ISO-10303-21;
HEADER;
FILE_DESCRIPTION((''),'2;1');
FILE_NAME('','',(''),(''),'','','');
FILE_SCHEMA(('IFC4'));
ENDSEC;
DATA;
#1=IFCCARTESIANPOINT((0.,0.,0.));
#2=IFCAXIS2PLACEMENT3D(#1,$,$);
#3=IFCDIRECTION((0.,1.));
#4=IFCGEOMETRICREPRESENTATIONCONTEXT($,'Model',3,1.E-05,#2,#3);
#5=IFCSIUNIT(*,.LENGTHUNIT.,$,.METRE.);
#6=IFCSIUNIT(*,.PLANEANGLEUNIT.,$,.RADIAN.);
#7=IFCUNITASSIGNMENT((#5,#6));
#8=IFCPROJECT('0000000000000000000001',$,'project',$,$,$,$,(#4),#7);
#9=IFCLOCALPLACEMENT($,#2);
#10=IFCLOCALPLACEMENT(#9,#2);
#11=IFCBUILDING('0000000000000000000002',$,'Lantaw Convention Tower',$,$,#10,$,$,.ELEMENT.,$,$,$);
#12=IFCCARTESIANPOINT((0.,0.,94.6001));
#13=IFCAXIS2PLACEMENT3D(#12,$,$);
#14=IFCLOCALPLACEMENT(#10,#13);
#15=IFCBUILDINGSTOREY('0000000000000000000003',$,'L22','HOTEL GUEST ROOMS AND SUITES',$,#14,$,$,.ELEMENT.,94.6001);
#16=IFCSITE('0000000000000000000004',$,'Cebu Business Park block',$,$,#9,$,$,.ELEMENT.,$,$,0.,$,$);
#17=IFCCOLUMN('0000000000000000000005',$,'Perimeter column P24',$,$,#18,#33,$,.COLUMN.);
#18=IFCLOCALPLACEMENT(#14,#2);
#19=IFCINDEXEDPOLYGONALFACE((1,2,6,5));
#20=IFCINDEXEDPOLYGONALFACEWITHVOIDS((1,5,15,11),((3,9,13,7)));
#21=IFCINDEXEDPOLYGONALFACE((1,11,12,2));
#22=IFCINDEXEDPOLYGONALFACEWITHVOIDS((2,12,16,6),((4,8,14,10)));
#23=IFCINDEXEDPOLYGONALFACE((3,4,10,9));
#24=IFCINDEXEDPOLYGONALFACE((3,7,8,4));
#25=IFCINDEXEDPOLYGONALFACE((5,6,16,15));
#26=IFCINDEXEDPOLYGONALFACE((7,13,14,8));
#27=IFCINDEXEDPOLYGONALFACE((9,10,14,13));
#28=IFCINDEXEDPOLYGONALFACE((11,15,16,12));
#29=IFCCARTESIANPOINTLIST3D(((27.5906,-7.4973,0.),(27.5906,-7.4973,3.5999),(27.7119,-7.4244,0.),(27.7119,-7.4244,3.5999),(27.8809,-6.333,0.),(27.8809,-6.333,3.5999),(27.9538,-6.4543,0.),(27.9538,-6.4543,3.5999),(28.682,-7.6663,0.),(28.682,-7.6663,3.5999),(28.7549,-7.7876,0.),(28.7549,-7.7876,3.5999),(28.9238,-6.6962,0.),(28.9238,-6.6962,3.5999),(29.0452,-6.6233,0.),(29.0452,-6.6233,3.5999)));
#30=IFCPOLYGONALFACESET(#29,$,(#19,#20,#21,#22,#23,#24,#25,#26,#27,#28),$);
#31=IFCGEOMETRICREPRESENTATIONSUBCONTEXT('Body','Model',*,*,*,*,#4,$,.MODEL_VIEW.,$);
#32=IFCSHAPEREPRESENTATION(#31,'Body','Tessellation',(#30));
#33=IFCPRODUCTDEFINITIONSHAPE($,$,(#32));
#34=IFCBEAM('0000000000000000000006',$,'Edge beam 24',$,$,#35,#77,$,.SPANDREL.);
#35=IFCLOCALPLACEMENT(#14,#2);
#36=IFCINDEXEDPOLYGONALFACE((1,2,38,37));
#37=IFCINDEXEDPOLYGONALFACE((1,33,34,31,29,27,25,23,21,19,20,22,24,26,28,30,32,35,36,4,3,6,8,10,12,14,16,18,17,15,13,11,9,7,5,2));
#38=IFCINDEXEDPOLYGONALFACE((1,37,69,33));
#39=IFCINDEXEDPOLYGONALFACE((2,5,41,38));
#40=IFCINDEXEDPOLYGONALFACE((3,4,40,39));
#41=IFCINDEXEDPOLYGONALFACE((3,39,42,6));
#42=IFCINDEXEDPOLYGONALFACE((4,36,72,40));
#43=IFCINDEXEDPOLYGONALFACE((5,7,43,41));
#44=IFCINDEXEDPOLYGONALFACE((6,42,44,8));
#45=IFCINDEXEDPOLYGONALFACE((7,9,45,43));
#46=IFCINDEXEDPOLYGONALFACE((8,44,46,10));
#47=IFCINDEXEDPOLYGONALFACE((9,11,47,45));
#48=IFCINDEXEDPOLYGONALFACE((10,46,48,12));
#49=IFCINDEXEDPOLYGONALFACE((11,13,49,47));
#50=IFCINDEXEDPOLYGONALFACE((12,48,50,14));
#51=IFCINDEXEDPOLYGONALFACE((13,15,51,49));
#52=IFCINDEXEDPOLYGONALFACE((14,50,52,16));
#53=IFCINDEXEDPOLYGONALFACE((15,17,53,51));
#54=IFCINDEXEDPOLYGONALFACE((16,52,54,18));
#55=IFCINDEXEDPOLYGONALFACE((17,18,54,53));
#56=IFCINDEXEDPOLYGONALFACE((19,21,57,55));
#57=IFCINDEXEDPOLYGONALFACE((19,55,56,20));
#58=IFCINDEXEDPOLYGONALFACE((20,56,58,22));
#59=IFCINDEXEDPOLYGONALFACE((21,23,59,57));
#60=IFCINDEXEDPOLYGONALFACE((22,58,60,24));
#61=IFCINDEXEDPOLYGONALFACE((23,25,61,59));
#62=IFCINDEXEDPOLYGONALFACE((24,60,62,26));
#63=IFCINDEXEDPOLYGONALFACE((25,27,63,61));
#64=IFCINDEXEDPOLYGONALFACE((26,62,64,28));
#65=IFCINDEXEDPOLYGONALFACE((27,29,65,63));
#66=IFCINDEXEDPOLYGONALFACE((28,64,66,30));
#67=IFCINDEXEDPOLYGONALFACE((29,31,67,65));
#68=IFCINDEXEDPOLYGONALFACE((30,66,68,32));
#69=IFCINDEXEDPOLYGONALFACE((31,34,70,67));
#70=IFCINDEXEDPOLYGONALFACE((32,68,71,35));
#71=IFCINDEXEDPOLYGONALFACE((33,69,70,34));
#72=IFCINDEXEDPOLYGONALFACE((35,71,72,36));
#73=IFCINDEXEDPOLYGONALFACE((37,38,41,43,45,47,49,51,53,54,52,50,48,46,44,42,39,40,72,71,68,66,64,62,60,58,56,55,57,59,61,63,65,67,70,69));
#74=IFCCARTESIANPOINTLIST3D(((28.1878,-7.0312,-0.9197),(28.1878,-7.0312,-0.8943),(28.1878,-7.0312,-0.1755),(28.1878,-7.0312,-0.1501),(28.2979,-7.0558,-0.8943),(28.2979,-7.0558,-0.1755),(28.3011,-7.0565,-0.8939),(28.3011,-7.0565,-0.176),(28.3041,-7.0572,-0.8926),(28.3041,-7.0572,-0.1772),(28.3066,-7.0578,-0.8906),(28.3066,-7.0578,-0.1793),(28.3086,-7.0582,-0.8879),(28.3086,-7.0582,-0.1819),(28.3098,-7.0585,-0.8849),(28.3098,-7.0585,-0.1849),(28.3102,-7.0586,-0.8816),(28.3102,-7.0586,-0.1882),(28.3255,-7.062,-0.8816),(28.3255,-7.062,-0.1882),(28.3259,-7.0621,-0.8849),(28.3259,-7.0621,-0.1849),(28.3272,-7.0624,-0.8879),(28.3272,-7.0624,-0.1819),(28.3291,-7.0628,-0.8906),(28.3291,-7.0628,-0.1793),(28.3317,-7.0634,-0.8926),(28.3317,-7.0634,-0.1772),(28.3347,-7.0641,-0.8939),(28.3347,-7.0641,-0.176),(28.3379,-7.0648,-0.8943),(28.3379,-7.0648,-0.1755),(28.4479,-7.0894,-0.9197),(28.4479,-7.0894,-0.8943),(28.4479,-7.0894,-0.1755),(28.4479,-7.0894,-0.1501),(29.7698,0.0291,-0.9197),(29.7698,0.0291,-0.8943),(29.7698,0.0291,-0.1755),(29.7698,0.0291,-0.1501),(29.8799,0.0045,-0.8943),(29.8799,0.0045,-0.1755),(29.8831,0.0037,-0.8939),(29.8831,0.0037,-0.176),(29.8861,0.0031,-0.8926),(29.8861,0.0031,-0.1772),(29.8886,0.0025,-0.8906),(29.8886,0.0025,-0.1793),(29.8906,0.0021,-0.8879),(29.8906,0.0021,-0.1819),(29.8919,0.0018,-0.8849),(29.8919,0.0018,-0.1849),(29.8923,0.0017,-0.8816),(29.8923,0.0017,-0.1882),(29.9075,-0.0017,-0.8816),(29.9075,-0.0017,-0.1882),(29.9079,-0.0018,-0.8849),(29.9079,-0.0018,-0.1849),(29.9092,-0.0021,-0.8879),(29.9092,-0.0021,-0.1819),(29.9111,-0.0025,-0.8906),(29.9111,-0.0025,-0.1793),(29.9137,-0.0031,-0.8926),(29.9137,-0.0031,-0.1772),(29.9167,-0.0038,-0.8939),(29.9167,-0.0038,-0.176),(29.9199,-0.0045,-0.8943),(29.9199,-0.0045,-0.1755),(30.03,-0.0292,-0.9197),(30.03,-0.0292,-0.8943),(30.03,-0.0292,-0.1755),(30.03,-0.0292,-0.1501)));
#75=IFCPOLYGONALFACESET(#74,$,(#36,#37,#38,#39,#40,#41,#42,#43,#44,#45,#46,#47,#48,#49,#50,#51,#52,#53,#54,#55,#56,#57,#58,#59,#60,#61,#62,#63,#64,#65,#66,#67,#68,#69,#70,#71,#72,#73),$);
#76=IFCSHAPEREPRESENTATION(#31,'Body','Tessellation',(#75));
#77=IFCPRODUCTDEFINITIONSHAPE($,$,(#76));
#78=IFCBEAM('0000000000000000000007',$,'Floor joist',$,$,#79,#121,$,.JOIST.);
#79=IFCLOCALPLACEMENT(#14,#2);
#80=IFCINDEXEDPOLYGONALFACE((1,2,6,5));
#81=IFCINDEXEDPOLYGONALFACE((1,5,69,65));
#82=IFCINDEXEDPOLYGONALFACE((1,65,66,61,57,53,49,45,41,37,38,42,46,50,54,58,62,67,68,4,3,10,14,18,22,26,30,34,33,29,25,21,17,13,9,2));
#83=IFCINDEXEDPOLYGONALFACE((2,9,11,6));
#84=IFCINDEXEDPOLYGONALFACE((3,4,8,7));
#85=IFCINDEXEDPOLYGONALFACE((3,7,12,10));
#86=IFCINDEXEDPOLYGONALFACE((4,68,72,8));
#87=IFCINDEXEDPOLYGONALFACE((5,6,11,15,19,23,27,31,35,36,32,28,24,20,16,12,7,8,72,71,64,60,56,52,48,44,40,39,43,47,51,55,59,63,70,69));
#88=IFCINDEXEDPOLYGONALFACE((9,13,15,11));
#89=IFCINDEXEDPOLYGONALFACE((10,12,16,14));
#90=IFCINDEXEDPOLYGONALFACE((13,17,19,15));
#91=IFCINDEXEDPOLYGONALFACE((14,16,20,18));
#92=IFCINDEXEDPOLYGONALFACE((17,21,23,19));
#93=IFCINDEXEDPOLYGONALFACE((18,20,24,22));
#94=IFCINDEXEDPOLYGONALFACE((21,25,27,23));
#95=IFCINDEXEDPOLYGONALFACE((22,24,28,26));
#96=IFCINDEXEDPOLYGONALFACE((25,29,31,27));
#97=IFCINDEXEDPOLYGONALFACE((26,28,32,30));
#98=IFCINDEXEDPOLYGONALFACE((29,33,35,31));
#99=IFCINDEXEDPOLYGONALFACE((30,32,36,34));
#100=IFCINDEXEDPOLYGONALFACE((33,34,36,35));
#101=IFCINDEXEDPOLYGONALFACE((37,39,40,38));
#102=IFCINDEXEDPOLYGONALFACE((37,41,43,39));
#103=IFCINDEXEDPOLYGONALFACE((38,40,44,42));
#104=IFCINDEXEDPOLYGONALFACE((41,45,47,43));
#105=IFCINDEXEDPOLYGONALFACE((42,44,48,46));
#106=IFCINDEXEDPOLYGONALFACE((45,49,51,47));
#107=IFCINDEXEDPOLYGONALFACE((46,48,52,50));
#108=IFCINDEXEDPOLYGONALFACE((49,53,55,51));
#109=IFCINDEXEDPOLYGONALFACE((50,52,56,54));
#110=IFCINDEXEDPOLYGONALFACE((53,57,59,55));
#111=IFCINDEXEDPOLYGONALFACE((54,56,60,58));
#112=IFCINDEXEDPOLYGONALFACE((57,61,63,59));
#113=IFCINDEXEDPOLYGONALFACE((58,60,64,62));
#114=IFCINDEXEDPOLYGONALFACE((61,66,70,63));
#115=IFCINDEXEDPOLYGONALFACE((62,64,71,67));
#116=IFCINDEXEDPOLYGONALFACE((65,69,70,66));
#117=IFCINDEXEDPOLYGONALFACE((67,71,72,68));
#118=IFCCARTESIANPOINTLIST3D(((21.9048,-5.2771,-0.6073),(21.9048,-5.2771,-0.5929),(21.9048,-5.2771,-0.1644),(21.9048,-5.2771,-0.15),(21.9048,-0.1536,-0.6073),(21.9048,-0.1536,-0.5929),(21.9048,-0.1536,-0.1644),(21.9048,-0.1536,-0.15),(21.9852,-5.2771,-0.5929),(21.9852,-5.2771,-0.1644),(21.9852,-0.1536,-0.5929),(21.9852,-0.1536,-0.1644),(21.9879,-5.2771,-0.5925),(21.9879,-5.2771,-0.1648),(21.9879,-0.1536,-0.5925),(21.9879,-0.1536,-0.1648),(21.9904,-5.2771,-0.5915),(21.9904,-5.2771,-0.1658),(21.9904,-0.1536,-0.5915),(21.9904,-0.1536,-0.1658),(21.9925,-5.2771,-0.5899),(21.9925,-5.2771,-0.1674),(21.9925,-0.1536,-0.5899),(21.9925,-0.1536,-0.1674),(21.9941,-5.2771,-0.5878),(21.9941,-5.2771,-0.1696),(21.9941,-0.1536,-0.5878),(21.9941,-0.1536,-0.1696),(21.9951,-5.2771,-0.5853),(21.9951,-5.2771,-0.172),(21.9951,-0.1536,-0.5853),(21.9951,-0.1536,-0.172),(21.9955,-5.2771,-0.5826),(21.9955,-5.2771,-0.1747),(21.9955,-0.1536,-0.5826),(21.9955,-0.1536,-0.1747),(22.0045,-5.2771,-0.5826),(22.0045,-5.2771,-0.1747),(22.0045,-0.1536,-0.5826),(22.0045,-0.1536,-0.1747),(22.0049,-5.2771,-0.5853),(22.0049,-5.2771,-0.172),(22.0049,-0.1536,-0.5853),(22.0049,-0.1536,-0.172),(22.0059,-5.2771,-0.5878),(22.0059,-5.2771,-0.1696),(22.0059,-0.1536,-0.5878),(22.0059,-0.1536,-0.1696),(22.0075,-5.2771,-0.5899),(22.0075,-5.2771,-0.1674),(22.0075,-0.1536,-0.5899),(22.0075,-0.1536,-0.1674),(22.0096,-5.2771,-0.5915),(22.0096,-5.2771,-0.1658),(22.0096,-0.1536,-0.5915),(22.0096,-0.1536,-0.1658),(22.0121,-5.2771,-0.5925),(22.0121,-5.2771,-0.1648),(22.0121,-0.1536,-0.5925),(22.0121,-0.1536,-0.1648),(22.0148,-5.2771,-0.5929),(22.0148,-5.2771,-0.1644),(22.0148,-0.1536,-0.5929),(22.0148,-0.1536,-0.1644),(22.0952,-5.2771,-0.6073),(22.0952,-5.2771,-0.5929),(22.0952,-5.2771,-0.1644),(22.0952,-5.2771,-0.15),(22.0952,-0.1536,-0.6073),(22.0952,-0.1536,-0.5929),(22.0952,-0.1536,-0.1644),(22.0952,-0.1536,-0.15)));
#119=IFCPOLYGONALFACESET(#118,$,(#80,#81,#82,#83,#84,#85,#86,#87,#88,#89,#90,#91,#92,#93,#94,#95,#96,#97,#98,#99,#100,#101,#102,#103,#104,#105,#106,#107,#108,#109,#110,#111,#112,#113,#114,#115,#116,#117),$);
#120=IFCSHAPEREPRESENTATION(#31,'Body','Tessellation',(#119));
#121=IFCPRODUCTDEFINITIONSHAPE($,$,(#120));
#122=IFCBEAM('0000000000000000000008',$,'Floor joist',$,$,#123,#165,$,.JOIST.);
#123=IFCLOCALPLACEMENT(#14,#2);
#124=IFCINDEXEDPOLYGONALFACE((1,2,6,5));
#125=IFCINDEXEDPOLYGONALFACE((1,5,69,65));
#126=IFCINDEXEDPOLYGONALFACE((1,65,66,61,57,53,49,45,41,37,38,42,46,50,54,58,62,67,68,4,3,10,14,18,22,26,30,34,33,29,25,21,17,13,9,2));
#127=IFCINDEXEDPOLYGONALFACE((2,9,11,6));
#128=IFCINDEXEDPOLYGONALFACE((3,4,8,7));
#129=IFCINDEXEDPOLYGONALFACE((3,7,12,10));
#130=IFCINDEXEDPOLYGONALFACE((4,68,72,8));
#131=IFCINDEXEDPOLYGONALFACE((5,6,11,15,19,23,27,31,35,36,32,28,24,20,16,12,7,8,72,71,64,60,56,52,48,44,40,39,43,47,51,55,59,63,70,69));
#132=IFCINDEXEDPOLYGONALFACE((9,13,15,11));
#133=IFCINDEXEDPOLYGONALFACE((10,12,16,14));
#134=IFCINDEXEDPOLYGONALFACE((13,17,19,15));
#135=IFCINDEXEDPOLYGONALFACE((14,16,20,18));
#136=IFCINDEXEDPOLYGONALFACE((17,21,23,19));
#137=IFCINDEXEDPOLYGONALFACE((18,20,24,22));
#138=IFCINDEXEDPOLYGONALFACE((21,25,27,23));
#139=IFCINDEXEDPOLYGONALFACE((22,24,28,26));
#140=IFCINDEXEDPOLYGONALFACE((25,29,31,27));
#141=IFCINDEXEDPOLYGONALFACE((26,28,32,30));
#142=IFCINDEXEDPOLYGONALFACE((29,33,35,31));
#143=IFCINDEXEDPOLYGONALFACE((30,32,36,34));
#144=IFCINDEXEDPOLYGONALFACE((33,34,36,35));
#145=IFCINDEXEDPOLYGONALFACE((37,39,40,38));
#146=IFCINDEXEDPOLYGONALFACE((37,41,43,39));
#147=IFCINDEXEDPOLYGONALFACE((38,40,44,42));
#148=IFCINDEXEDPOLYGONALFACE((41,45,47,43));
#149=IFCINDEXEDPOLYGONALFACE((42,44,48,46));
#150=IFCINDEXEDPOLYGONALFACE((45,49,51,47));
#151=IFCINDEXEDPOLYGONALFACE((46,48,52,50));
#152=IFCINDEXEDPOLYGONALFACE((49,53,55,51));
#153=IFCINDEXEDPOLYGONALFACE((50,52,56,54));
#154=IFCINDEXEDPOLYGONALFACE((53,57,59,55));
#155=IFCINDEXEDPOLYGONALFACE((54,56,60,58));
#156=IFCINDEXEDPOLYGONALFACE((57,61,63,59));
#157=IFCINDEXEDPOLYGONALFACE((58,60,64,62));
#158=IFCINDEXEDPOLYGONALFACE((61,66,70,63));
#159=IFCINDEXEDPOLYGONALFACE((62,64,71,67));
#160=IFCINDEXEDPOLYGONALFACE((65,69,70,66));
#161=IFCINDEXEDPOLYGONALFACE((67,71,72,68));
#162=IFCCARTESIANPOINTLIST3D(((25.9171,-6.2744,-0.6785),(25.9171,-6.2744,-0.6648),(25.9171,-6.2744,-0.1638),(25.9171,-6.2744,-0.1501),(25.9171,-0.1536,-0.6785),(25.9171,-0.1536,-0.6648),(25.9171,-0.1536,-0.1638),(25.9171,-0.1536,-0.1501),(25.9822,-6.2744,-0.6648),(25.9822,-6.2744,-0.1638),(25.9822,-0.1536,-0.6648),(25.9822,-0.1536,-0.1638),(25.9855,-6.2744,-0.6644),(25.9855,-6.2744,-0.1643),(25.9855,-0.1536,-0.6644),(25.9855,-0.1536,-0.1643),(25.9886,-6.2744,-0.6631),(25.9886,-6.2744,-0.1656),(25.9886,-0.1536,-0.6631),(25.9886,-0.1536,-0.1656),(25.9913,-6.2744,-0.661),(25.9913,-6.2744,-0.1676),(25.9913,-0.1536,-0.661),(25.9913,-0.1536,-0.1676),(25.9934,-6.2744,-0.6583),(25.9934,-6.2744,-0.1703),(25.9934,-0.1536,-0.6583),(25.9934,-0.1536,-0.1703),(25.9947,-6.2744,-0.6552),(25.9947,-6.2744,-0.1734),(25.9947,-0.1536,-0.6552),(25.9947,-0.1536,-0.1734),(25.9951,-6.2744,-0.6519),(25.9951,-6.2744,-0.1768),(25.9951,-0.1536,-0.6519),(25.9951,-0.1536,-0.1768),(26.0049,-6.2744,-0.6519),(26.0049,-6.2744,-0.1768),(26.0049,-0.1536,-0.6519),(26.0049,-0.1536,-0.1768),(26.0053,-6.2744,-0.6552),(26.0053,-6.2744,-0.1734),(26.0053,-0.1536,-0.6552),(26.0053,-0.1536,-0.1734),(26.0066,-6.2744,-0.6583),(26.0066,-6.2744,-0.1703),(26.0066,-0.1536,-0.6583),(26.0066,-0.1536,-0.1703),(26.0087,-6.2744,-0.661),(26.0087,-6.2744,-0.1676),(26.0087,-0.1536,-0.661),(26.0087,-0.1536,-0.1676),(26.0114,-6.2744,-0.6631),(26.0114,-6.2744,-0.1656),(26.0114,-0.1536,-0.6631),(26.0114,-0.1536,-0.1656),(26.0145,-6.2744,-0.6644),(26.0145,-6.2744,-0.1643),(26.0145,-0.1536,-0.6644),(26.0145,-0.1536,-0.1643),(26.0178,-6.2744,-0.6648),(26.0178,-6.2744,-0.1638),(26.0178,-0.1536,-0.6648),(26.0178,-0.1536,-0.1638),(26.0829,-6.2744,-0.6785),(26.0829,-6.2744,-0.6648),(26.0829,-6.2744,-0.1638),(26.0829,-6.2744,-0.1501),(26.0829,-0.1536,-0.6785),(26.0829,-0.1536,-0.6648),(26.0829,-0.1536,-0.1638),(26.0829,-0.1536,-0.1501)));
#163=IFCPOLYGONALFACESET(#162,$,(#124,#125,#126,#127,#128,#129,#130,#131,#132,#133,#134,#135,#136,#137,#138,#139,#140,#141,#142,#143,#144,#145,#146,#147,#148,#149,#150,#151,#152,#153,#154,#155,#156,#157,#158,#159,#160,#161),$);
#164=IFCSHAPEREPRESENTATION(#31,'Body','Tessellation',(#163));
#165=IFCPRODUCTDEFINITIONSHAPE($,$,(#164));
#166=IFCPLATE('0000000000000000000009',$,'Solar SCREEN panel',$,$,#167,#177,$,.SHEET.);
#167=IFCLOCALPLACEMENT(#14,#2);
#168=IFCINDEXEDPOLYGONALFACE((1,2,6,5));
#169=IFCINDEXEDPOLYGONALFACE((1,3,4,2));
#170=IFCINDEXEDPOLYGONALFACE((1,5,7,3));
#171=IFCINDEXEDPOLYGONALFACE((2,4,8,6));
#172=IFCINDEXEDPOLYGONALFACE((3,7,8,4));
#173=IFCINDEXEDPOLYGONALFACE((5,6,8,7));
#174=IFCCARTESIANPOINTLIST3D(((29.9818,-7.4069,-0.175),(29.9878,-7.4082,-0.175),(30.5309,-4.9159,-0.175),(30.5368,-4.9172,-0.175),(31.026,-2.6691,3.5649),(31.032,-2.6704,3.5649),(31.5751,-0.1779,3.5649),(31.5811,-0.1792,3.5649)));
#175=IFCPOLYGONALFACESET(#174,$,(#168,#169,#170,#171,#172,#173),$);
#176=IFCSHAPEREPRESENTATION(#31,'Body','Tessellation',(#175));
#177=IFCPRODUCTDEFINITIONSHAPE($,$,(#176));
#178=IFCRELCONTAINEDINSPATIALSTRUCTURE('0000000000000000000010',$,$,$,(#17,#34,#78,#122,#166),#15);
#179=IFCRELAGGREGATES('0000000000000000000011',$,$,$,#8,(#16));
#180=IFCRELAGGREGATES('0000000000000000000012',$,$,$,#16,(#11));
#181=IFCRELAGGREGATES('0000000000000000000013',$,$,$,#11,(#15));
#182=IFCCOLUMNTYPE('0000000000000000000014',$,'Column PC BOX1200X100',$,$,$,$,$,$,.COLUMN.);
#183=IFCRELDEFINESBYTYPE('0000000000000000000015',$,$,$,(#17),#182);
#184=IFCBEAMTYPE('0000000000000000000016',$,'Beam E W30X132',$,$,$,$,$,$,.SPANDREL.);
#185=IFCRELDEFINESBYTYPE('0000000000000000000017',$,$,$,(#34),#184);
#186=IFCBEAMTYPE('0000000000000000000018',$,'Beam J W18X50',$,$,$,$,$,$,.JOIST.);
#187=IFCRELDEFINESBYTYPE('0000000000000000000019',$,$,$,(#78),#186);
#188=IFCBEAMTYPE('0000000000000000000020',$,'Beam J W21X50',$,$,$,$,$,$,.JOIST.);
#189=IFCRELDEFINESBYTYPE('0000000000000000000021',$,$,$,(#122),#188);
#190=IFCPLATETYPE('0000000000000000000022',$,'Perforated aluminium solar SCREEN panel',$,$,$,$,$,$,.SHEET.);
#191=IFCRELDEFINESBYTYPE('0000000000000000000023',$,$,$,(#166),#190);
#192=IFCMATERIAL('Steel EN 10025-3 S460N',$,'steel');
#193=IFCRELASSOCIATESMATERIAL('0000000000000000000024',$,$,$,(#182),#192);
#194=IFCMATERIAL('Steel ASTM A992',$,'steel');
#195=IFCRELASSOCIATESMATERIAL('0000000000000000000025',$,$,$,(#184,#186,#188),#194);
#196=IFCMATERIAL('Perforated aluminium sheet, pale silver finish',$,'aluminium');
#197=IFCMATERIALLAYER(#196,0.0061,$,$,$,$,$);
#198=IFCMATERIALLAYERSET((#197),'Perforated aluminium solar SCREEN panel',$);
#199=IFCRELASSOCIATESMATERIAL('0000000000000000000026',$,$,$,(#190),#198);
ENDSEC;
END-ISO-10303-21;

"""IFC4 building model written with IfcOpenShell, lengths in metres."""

from ifc_helpers import new_model, si_unit, direction, frame, origin, origin_2d, place, context, subcontext, project, spatial, polyline, rectangle, hollow_rectangle, i_section, outline, extrude, material, layer, layer_set, material_profile, profile_set, type_object, element, save


model = new_model("IFC4")

# Units and contexts
model_context = context("Model", 3, precision=1e-05, world=origin(), true_north=direction((0.0, 1.0)))
body_context = subcontext(model_context, "Body", "Model", "MODEL_VIEW")
ifc_project = project(units=[si_unit("LENGTHUNIT", "METRE"), si_unit("PLANEANGLEUNIT", "RADIAN")], contexts=[model_context])

# Site, building, storey
site_placement = place(None, origin())
site = spatial("IfcSite", under=ifc_project, at=site_placement, Name="Cebu Business Park block", CompositionType="ELEMENT", RefElevation=0.0)
building_placement = place(site_placement, origin())
building = spatial("IfcBuilding", under=site, at=building_placement, Name="Lantaw Convention Tower", CompositionType="ELEMENT")
storey_placement = place(building_placement, frame((0.0, 0.0, 94.6001)))
storey = spatial("IfcBuildingStorey", under=building, at=storey_placement, Name="L22", Description="HOTEL GUEST ROOMS AND SUITES", CompositionType="ELEMENT", Elevation=94.6001)

# Column
ifc_material_1 = material(Name="Steel EN 10025-3 S460N", Category="steel")
ifc_material_profile_1 = material_profile(ifc_material_1, hollow_rectangle(XDim=1.2, YDim=1.2, WallThickness=0.1001, at=origin_2d()), Name="BOX1200X100")
ifc_material_2 = material(Name="Concrete C60/75", Category="concrete")
ifc_material_profile_2 = material_profile(ifc_material_2, rectangle(XDim=1.0, YDim=1.0, at=origin_2d()), Name="Concrete fill of BOX1200X100")
ifc_profile_set_1 = profile_set([ifc_material_profile_1, ifc_material_profile_2], Name="Steel EN 10025-3 S460N")
column_type = type_object("IfcColumnType", Name="Column PC BOX1200X100", PredefinedType="COLUMN", material=ifc_profile_set_1)
column_placement = place(storey_placement, frame((28.3179, -7.0603, 0.0), z_axis=(0.0, 0.0, 1.0), x_axis=(0.241922, 0.970296, 0.0)))
element("IfcColumn", 1, at=column_placement, inside=storey, type_object=column_type, Name="Perimeter column P24", PredefinedType="COLUMN", context=body_context, shape_type="SweptSolid", body=[
    extrude(hollow_rectangle(XDim=1.2, YDim=1.2, WallThickness=0.1001, at=origin_2d()), origin(), (0.0, 0.0, 1.0), 3.5999),
])

# Beams
ifc_material_3 = material(Name="Steel ASTM A992", Category="steel")
ifc_material_profile_3 = material_profile(ifc_material_3, i_section(OverallWidth=0.2666, OverallDepth=0.7695, WebThickness=0.0156, FlangeThickness=0.0254, FilletRadius=0.0127, at=origin_2d()), Name="W30X132")
ifc_profile_set_2 = profile_set([ifc_material_profile_3], Name="Steel ASTM A992")
beam_type_1 = type_object("IfcBeamType", Name="Beam E W30X132", PredefinedType="SPANDREL", material=ifc_profile_set_2)
beam_1_placement = place(storey_placement, frame((28.3179, -7.0603, -0.5349), z_axis=(0.218652, 0.975803, 0.0), x_axis=(-0.975803, 0.218652, 0.0)))
element("IfcBeam", 2, at=beam_1_placement, inside=storey, type_object=beam_type_1, Name="Edge beam 24", PredefinedType="SPANDREL", context=body_context, shape_type="SweptSolid", body=[
    extrude(i_section(OverallWidth=0.2666, OverallDepth=0.7695, WebThickness=0.0156, FlangeThickness=0.0254, FilletRadius=0.0127, at=origin_2d()), origin(), (0.0, 0.0, 1.0), 7.2354),
])
ifc_material_profile_4 = material_profile(ifc_material_3, i_section(OverallWidth=0.1904, OverallDepth=0.4573, WebThickness=0.009, FlangeThickness=0.0144, FilletRadius=0.0103, at=origin_2d()), Name="W18X50")
ifc_profile_set_3 = profile_set([ifc_material_profile_4], Name="Steel ASTM A992")
beam_type_2 = type_object("IfcBeamType", Name="Beam J W18X50", PredefinedType="JOIST", material=ifc_profile_set_3)
beam_2_placement = place(storey_placement, frame((22.0, -5.2771, -0.3787), z_axis=(0.0, 1.0, 0.0), x_axis=(-1.0, 0.0, 0.0)))
element("IfcBeam", 3, at=beam_2_placement, inside=storey, type_object=beam_type_2, Name="Floor joist", PredefinedType="JOIST", context=body_context, shape_type="SweptSolid", body=[
    extrude(i_section(OverallWidth=0.1904, OverallDepth=0.4573, WebThickness=0.009, FlangeThickness=0.0144, FilletRadius=0.0103, at=origin_2d()), origin(), (0.0, 0.0, 1.0), 5.1235),
])
ifc_material_profile_5 = material_profile(ifc_material_3, i_section(OverallWidth=0.1658, OverallDepth=0.5283, WebThickness=0.0098, FlangeThickness=0.0137, FilletRadius=0.0129, at=origin_2d()), Name="W21X50")
ifc_profile_set_4 = profile_set([ifc_material_profile_5], Name="Steel ASTM A992")
beam_type_3 = type_object("IfcBeamType", Name="Beam J W21X50", PredefinedType="JOIST", material=ifc_profile_set_4)
beam_3_placement = place(storey_placement, frame((26.0, -6.2744, -0.4143), z_axis=(0.0, 1.0, 0.0), x_axis=(-1.0, 0.0, 0.0)))
element("IfcBeam", 4, at=beam_3_placement, inside=storey, type_object=beam_type_3, Name="Floor joist", PredefinedType="JOIST", context=body_context, shape_type="SweptSolid", body=[
    extrude(i_section(OverallWidth=0.1658, OverallDepth=0.5283, WebThickness=0.0098, FlangeThickness=0.0137, FilletRadius=0.0129, at=origin_2d()), origin(), (0.0, 0.0, 1.0), 6.1208),
])

# Plate
ifc_material_4 = material(Name="Perforated aluminium sheet, pale silver finish", Category="aluminium")
ifc_layer_1 = layer(ifc_material_4, 0.0061)
ifc_layer_set_1 = layer_set([ifc_layer_1], Name="Perforated aluminium solar SCREEN panel")
plate_type = type_object("IfcPlateType", Name="Perforated aluminium solar SCREEN panel", PredefinedType="SHEET", material=ifc_layer_set_1)
plate_placement = place(storey_placement, frame((29.9878, -7.4082, -0.175), z_axis=(0.976559, -0.215248, 0.00003), x_axis=(0.215248, 0.976559, 0.0)))
element("IfcPlate", 5, at=plate_placement, inside=storey, type_object=plate_type, Name="Solar SCREEN panel", PredefinedType="SHEET", context=body_context, shape_type="SweptSolid", body=[
    extrude(outline(polyline([(0.0, 0.0), (2.5508, 0.0), (7.4025, 3.74), (4.8515, 3.74), (0.0, 0.0)])), origin(), (0.0, 0.0, -1.0), 0.0061),
])

save(model, "model.ifc")
